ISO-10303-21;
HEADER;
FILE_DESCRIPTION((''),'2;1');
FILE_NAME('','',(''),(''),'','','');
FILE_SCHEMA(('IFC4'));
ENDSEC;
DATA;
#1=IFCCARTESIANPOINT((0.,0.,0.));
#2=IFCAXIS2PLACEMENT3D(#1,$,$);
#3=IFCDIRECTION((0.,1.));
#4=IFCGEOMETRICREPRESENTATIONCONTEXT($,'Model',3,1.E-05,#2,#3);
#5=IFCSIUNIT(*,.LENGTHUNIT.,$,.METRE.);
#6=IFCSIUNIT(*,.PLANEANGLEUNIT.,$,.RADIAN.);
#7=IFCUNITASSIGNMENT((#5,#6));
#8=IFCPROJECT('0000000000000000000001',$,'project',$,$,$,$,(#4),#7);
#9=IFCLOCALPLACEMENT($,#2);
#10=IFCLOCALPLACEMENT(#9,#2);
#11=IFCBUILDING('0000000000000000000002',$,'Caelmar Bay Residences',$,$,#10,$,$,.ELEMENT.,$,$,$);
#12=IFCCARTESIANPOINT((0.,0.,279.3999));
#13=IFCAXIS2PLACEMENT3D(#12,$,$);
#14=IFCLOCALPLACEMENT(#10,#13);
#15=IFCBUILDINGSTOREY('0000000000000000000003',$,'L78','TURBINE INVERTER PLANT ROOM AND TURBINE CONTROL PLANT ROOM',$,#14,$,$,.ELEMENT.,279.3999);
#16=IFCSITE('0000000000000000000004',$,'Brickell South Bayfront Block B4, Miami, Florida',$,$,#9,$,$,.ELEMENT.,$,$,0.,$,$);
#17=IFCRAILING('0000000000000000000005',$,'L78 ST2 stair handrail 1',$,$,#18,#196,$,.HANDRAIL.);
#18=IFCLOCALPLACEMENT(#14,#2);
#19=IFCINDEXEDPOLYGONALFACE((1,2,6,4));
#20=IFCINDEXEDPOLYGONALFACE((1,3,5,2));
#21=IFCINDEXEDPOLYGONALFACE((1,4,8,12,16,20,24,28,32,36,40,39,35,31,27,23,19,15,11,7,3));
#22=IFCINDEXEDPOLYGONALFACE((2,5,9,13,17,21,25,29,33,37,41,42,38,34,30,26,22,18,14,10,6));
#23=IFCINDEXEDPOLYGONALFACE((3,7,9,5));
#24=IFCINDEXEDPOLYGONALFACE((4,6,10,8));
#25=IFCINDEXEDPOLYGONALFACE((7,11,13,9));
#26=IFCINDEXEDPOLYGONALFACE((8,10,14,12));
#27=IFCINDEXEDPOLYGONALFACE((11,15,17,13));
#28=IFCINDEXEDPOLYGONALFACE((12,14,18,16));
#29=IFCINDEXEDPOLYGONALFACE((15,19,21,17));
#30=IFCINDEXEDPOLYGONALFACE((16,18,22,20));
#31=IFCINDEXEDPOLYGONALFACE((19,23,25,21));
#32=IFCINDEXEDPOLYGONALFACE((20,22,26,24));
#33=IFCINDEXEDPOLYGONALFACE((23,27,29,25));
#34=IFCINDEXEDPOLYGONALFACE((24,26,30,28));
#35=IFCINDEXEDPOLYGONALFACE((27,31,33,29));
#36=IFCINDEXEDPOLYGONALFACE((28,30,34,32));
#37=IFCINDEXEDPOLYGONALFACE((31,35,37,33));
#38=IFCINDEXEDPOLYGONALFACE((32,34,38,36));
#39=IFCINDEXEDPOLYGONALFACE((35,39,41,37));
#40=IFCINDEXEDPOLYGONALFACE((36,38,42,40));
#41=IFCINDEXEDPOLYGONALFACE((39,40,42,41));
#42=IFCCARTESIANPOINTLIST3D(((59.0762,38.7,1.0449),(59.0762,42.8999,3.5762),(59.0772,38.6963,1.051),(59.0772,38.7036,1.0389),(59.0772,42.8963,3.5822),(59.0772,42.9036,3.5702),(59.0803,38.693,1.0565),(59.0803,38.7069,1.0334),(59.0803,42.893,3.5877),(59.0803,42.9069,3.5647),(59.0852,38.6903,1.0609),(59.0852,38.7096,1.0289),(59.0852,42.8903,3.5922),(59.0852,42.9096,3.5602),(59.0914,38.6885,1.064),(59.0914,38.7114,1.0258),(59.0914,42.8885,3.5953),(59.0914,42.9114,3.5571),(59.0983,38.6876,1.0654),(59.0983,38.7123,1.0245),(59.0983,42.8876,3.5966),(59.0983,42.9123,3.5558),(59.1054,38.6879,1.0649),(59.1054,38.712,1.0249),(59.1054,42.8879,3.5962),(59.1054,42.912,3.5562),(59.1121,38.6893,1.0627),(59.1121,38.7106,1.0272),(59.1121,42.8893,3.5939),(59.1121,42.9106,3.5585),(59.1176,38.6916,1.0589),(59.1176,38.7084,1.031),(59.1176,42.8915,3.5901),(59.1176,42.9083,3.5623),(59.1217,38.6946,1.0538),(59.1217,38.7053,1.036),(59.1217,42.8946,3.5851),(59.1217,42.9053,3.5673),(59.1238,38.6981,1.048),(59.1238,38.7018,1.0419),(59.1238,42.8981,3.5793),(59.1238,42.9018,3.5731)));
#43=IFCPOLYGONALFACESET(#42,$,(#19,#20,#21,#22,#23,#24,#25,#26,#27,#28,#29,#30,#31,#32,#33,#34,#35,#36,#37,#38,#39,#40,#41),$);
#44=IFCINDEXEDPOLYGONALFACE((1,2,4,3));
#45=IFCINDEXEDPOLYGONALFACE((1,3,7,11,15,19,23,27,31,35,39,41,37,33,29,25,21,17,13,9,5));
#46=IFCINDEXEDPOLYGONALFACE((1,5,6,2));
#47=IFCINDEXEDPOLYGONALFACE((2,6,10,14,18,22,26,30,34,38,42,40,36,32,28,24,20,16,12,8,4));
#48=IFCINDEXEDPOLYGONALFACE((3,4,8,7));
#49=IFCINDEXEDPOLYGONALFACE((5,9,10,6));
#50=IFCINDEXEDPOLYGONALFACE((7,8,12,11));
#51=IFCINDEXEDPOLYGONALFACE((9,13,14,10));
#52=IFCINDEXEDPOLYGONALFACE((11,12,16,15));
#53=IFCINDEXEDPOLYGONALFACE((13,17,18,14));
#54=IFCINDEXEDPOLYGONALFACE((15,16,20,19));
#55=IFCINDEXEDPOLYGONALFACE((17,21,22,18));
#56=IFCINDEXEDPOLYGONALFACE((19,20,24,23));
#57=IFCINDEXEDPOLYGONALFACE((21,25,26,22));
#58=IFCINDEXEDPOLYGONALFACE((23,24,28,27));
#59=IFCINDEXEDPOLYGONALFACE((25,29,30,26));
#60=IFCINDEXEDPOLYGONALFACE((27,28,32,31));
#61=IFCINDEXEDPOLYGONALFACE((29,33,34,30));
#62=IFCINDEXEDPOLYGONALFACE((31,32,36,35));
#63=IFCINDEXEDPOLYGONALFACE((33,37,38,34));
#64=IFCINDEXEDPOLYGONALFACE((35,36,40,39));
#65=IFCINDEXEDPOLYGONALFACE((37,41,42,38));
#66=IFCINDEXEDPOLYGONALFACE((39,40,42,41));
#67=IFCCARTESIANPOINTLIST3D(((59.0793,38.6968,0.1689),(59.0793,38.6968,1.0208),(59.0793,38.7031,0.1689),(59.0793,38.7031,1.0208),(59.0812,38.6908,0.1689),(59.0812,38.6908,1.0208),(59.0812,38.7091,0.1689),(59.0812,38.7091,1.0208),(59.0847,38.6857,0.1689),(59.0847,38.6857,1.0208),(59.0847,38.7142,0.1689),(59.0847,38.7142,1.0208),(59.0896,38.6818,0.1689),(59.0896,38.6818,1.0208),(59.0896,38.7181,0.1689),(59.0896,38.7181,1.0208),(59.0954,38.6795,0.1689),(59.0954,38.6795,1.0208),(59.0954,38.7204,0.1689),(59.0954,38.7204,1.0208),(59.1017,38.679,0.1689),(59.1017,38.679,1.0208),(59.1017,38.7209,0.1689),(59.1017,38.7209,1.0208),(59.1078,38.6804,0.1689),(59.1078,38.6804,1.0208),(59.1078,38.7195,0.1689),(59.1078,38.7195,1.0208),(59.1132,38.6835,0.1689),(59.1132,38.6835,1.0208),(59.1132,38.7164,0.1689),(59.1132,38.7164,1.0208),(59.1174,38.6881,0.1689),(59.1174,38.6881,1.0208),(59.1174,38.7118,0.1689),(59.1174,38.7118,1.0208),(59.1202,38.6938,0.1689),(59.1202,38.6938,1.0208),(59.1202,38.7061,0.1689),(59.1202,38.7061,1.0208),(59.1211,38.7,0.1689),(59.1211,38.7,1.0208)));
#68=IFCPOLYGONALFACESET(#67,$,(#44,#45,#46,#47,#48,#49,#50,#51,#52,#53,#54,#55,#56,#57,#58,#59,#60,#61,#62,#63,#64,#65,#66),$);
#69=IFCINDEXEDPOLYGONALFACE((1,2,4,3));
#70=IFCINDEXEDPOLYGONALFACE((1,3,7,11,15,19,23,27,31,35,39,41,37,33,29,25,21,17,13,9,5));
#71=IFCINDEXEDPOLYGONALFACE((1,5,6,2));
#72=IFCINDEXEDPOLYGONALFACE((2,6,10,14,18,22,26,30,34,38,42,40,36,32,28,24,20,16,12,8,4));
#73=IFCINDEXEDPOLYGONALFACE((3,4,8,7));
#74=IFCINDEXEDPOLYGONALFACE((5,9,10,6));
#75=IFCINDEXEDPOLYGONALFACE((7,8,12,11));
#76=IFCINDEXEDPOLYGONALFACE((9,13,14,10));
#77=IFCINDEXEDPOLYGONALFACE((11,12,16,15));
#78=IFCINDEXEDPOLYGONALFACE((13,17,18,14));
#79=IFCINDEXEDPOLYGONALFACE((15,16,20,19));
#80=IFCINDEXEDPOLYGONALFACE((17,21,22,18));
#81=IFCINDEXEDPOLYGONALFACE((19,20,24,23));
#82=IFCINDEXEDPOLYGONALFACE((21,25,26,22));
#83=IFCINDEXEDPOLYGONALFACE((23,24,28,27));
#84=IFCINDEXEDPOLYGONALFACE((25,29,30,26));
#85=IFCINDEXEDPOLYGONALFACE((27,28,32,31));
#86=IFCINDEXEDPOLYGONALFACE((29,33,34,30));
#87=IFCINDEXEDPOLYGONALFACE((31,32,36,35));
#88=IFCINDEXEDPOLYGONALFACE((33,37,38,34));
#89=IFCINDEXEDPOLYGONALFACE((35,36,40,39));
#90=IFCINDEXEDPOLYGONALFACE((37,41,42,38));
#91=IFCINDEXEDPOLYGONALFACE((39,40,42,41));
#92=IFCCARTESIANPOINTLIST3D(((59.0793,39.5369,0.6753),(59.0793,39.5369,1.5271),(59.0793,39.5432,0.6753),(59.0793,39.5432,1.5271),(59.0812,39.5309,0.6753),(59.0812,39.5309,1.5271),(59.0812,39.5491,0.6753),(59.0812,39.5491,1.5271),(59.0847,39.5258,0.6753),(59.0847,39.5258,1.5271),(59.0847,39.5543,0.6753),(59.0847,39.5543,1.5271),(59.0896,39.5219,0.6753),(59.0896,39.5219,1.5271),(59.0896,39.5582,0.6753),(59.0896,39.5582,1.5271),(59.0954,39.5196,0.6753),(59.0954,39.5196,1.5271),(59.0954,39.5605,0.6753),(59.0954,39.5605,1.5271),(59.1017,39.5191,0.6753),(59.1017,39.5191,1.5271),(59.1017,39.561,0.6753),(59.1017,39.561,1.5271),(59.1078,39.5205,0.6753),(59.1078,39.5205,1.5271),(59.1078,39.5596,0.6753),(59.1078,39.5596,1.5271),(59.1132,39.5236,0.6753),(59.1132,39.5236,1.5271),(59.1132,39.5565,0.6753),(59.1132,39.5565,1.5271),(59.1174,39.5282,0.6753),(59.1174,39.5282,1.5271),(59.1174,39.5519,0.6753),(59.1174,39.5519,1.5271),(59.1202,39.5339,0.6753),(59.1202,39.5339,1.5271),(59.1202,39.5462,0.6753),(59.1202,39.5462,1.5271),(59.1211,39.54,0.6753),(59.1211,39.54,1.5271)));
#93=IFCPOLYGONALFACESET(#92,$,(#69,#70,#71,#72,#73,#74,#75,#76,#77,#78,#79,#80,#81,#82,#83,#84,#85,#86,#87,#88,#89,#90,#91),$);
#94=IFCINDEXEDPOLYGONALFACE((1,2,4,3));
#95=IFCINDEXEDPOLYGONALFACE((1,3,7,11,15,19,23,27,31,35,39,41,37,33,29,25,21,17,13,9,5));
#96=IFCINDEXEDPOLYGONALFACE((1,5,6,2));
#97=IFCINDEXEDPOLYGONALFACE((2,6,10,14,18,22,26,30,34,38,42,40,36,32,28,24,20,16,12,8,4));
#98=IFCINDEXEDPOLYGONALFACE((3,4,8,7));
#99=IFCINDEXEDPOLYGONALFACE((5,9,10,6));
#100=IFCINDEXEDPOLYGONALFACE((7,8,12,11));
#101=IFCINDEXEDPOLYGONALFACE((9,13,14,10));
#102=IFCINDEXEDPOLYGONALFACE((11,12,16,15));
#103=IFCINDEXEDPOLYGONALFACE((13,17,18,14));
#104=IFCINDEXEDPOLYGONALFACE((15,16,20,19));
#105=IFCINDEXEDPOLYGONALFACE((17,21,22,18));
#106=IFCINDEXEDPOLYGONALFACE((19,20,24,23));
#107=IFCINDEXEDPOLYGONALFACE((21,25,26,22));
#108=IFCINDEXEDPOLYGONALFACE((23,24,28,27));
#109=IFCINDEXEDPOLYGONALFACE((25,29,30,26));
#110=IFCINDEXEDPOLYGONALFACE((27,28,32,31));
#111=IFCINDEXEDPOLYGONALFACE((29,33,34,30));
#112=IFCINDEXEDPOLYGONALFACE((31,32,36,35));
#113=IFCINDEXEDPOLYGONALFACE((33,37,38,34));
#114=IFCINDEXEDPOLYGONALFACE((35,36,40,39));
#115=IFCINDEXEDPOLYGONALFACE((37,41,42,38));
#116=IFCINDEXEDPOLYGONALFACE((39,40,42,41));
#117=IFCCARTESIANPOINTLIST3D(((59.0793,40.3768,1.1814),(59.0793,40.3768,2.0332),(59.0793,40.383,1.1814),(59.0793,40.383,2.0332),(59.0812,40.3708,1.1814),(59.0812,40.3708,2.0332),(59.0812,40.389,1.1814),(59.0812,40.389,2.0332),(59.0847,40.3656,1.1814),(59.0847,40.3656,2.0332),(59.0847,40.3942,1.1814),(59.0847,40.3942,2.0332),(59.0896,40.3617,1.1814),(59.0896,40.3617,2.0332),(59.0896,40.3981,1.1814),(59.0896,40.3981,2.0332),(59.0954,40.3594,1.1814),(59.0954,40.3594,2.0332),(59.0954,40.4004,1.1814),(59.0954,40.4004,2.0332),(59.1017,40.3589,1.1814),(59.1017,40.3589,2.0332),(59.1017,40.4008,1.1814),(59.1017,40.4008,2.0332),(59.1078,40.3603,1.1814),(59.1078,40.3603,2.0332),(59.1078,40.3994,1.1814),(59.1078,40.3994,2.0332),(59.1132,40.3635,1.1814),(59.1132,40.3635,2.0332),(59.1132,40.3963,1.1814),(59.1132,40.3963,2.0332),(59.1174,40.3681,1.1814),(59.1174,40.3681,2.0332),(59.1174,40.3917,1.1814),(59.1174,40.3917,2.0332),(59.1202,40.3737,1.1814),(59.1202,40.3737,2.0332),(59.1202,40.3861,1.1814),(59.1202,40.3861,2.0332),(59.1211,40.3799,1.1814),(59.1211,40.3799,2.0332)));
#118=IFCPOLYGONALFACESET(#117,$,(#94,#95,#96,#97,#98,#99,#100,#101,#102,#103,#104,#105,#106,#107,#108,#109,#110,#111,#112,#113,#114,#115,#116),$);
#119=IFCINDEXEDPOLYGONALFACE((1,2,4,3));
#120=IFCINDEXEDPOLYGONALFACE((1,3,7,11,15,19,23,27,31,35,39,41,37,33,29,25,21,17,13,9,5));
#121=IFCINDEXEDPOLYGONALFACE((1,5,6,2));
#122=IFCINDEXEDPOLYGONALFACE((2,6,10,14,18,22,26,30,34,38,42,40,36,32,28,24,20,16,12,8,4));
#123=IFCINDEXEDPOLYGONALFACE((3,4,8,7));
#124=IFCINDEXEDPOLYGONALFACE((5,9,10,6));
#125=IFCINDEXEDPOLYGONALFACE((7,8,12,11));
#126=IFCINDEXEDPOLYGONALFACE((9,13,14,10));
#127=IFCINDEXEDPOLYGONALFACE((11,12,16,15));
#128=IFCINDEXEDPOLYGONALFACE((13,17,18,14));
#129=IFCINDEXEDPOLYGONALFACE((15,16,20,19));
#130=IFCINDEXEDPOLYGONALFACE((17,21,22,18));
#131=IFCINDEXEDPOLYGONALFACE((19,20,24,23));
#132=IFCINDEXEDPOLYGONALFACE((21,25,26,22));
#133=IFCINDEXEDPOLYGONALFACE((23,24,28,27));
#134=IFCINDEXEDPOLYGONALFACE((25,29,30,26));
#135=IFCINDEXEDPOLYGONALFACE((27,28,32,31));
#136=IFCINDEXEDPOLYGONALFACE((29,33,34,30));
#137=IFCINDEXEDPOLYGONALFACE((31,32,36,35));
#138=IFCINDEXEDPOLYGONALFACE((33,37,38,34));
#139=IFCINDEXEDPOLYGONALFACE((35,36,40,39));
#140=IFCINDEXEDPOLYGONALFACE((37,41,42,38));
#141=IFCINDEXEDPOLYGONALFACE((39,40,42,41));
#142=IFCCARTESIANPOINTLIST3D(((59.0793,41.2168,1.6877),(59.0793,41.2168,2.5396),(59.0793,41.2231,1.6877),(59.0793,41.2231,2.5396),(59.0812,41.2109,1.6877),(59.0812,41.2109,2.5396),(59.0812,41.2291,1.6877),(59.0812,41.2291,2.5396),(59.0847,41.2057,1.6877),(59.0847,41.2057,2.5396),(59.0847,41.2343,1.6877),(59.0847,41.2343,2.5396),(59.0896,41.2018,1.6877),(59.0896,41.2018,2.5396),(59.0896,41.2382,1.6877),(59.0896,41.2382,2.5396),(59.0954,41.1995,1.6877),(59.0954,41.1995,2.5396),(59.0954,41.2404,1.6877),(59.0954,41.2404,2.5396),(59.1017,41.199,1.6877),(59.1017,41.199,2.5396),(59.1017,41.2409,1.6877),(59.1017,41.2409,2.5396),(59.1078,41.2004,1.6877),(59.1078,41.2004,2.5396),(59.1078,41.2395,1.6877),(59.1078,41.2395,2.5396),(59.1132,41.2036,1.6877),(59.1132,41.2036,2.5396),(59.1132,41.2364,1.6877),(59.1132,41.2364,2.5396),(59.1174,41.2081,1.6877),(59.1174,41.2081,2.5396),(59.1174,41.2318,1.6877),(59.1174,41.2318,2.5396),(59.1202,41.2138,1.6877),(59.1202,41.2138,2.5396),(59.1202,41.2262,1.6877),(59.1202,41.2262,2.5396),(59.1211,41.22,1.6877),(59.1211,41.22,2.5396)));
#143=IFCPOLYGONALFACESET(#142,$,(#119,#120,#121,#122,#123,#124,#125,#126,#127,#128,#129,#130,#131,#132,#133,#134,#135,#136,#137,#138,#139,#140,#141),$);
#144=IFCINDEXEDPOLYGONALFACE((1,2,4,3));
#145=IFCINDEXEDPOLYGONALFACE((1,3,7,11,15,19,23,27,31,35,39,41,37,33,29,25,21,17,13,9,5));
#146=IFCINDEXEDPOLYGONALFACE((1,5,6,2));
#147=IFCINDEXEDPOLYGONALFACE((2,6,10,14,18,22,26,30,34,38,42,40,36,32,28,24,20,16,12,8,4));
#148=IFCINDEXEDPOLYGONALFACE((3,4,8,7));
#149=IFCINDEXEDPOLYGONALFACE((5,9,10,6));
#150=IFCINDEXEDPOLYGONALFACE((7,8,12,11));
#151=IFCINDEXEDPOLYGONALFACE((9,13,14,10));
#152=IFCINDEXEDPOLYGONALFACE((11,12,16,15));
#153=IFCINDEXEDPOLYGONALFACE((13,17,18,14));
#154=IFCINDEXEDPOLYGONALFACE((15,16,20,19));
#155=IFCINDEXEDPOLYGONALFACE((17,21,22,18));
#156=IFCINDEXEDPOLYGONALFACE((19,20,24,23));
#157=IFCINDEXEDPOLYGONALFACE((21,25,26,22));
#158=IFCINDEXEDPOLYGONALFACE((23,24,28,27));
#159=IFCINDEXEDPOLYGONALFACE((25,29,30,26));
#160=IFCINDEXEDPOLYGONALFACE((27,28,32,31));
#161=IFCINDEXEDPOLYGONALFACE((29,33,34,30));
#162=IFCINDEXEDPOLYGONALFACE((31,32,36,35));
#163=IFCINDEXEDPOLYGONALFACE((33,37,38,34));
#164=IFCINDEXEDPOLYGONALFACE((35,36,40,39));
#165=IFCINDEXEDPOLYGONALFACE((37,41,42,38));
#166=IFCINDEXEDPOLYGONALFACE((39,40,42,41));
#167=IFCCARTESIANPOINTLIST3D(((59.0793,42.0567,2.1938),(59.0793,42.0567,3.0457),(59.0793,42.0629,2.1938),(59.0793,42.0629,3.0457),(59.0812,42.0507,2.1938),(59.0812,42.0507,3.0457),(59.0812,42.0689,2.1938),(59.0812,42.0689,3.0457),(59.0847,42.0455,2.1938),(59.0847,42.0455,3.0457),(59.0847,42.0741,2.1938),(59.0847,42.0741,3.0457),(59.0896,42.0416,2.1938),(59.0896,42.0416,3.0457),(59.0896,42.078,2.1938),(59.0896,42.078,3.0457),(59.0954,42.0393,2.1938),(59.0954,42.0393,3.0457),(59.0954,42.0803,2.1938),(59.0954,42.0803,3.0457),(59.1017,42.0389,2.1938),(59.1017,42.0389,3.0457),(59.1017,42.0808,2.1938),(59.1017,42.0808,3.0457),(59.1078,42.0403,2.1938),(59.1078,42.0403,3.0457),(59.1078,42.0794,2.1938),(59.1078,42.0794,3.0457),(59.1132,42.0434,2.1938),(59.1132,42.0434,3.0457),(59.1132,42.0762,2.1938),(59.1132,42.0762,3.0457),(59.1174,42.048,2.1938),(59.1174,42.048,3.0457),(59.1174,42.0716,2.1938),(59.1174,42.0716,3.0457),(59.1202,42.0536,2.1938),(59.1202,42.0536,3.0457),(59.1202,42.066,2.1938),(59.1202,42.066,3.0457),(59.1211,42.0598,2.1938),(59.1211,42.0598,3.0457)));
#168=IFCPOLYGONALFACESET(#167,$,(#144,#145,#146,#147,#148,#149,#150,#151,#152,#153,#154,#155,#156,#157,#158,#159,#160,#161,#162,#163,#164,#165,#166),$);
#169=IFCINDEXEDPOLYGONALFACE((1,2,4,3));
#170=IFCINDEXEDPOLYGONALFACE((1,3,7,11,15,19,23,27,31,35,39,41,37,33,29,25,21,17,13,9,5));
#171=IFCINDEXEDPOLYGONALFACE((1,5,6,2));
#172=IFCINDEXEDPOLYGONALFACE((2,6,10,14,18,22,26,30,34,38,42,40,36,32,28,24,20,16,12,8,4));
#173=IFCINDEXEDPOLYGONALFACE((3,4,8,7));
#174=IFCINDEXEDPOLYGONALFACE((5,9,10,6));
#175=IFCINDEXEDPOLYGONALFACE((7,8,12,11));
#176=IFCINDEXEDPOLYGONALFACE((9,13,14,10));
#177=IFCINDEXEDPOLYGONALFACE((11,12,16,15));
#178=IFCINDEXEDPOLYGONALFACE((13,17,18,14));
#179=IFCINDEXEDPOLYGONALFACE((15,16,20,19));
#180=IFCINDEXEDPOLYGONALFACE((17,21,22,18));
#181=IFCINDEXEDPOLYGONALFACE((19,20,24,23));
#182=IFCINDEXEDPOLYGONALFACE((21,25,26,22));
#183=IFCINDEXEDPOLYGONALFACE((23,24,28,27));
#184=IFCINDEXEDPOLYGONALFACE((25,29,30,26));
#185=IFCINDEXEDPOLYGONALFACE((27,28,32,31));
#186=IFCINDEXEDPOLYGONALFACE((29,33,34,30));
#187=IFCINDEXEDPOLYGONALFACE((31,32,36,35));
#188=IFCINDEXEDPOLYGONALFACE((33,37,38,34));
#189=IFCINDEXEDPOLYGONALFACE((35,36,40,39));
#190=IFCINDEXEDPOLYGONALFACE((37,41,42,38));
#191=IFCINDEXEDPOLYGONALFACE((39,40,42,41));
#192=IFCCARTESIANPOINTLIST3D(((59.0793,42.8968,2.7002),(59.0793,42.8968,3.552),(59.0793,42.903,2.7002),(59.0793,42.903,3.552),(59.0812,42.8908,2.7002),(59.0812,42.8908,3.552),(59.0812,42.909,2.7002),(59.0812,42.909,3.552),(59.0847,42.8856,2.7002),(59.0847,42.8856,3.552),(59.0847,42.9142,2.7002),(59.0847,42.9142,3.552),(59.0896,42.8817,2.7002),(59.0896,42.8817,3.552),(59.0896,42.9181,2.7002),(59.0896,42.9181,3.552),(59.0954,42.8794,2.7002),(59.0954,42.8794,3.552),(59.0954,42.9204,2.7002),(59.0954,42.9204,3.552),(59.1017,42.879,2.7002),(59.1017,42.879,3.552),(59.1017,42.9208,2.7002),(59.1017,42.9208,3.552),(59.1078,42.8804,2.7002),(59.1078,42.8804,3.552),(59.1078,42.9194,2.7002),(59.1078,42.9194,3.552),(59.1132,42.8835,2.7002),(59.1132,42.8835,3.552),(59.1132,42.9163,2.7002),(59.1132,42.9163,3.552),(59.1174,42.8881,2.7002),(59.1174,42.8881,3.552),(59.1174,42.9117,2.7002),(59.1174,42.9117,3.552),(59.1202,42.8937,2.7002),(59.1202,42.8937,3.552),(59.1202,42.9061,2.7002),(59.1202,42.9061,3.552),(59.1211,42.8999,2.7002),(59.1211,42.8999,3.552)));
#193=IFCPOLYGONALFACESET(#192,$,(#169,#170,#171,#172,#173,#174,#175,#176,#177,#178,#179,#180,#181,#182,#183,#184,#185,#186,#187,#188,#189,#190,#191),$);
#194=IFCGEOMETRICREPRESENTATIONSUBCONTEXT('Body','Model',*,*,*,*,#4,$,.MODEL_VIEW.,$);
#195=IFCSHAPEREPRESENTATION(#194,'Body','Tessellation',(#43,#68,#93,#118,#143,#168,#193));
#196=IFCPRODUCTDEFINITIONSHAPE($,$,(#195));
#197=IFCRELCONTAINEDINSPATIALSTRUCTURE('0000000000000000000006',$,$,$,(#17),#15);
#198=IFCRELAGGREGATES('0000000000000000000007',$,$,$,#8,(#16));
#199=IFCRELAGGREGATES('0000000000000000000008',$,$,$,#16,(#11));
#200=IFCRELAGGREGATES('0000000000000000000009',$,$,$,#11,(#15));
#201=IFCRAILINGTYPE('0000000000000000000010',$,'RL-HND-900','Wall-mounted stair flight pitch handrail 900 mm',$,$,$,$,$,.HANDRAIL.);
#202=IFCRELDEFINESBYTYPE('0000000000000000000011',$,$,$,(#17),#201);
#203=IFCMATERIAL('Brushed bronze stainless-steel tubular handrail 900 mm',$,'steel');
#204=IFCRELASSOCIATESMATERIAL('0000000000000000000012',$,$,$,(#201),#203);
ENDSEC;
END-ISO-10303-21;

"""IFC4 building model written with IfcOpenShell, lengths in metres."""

from ifc_helpers import new_model, si_unit, direction, frame, origin, origin_2d, place, context, subcontext, project, spatial, circle, extrude, material, type_object, element, save


model = new_model("IFC4")

# Units and contexts
model_context = context("Model", 3, precision=1e-05, world=origin(), true_north=direction((0.0, 1.0)))
body_context = subcontext(model_context, "Body", "Model", "MODEL_VIEW")
ifc_project = project(units=[si_unit("LENGTHUNIT", "METRE"), si_unit("PLANEANGLEUNIT", "RADIAN")], contexts=[model_context])

# Site, building, storey
site_placement = place(None, origin())
site = spatial("IfcSite", under=ifc_project, at=site_placement, Name="Brickell South Bayfront Block B4, Miami, Florida", CompositionType="ELEMENT", RefElevation=0.0)
building_placement = place(site_placement, origin())
building = spatial("IfcBuilding", under=site, at=building_placement, Name="Caelmar Bay Residences", CompositionType="ELEMENT")
storey_placement = place(building_placement, frame((0.0, 0.0, 279.3999)))
storey = spatial("IfcBuildingStorey", under=building, at=storey_placement, Name="L78", Description="TURBINE INVERTER PLANT ROOM AND TURBINE CONTROL PLANT ROOM", CompositionType="ELEMENT", Elevation=279.3999)

# Railing
ifc_material_1 = material(Name="Brushed bronze stainless-steel tubular handrail 900 mm", Category="steel")
railing_type_1 = type_object("IfcRailingType", Name="RL-HND-900", Description="Wall-mounted stair flight pitch handrail 900 mm", PredefinedType="HANDRAIL", material=ifc_material_1)
railing_1_placement = place(storey_placement, frame((59.1001, 38.7, 0.1689)))
element("IfcRailing", 1, at=railing_1_placement, inside=storey, type_object=railing_type_1, Name="L78 ST2 stair handrail 1", PredefinedType="HANDRAIL", context=body_context, shape_type="SweptSolid", body=[
    extrude(circle(Radius=0.0239, at=origin_2d()), frame((0.0, 0.0, 0.876), z_axis=(0.0, 0.856476, 0.516186), x_axis=(-1.0, 0.0, 0.0)), (0.0, 0.0, 1.0), 4.9038),
    extrude(circle(Radius=0.021, at=origin_2d()), origin(), (0.0, 0.0, 1.0), 0.8518),
    extrude(circle(Radius=0.021, at=origin_2d()), frame((0.0, 0.8401, 0.5063)), (0.0, 0.0, 1.0), 0.8518),
    extrude(circle(Radius=0.021, at=origin_2d()), frame((0.0, 1.6799, 1.0125)), (0.0, 0.0, 1.0), 0.8518),
    extrude(circle(Radius=0.021, at=origin_2d()), frame((0.0, 2.52, 1.5188)), (0.0, 0.0, 1.0), 0.8518),
    extrude(circle(Radius=0.021, at=origin_2d()), frame((0.0, 3.3599, 2.0249)), (0.0, 0.0, 1.0), 0.8518),
    extrude(circle(Radius=0.021, at=origin_2d()), frame((0.0, 4.2, 2.5312)), (0.0, 0.0, 1.0), 0.8518),
])

save(model, "model.ifc")
